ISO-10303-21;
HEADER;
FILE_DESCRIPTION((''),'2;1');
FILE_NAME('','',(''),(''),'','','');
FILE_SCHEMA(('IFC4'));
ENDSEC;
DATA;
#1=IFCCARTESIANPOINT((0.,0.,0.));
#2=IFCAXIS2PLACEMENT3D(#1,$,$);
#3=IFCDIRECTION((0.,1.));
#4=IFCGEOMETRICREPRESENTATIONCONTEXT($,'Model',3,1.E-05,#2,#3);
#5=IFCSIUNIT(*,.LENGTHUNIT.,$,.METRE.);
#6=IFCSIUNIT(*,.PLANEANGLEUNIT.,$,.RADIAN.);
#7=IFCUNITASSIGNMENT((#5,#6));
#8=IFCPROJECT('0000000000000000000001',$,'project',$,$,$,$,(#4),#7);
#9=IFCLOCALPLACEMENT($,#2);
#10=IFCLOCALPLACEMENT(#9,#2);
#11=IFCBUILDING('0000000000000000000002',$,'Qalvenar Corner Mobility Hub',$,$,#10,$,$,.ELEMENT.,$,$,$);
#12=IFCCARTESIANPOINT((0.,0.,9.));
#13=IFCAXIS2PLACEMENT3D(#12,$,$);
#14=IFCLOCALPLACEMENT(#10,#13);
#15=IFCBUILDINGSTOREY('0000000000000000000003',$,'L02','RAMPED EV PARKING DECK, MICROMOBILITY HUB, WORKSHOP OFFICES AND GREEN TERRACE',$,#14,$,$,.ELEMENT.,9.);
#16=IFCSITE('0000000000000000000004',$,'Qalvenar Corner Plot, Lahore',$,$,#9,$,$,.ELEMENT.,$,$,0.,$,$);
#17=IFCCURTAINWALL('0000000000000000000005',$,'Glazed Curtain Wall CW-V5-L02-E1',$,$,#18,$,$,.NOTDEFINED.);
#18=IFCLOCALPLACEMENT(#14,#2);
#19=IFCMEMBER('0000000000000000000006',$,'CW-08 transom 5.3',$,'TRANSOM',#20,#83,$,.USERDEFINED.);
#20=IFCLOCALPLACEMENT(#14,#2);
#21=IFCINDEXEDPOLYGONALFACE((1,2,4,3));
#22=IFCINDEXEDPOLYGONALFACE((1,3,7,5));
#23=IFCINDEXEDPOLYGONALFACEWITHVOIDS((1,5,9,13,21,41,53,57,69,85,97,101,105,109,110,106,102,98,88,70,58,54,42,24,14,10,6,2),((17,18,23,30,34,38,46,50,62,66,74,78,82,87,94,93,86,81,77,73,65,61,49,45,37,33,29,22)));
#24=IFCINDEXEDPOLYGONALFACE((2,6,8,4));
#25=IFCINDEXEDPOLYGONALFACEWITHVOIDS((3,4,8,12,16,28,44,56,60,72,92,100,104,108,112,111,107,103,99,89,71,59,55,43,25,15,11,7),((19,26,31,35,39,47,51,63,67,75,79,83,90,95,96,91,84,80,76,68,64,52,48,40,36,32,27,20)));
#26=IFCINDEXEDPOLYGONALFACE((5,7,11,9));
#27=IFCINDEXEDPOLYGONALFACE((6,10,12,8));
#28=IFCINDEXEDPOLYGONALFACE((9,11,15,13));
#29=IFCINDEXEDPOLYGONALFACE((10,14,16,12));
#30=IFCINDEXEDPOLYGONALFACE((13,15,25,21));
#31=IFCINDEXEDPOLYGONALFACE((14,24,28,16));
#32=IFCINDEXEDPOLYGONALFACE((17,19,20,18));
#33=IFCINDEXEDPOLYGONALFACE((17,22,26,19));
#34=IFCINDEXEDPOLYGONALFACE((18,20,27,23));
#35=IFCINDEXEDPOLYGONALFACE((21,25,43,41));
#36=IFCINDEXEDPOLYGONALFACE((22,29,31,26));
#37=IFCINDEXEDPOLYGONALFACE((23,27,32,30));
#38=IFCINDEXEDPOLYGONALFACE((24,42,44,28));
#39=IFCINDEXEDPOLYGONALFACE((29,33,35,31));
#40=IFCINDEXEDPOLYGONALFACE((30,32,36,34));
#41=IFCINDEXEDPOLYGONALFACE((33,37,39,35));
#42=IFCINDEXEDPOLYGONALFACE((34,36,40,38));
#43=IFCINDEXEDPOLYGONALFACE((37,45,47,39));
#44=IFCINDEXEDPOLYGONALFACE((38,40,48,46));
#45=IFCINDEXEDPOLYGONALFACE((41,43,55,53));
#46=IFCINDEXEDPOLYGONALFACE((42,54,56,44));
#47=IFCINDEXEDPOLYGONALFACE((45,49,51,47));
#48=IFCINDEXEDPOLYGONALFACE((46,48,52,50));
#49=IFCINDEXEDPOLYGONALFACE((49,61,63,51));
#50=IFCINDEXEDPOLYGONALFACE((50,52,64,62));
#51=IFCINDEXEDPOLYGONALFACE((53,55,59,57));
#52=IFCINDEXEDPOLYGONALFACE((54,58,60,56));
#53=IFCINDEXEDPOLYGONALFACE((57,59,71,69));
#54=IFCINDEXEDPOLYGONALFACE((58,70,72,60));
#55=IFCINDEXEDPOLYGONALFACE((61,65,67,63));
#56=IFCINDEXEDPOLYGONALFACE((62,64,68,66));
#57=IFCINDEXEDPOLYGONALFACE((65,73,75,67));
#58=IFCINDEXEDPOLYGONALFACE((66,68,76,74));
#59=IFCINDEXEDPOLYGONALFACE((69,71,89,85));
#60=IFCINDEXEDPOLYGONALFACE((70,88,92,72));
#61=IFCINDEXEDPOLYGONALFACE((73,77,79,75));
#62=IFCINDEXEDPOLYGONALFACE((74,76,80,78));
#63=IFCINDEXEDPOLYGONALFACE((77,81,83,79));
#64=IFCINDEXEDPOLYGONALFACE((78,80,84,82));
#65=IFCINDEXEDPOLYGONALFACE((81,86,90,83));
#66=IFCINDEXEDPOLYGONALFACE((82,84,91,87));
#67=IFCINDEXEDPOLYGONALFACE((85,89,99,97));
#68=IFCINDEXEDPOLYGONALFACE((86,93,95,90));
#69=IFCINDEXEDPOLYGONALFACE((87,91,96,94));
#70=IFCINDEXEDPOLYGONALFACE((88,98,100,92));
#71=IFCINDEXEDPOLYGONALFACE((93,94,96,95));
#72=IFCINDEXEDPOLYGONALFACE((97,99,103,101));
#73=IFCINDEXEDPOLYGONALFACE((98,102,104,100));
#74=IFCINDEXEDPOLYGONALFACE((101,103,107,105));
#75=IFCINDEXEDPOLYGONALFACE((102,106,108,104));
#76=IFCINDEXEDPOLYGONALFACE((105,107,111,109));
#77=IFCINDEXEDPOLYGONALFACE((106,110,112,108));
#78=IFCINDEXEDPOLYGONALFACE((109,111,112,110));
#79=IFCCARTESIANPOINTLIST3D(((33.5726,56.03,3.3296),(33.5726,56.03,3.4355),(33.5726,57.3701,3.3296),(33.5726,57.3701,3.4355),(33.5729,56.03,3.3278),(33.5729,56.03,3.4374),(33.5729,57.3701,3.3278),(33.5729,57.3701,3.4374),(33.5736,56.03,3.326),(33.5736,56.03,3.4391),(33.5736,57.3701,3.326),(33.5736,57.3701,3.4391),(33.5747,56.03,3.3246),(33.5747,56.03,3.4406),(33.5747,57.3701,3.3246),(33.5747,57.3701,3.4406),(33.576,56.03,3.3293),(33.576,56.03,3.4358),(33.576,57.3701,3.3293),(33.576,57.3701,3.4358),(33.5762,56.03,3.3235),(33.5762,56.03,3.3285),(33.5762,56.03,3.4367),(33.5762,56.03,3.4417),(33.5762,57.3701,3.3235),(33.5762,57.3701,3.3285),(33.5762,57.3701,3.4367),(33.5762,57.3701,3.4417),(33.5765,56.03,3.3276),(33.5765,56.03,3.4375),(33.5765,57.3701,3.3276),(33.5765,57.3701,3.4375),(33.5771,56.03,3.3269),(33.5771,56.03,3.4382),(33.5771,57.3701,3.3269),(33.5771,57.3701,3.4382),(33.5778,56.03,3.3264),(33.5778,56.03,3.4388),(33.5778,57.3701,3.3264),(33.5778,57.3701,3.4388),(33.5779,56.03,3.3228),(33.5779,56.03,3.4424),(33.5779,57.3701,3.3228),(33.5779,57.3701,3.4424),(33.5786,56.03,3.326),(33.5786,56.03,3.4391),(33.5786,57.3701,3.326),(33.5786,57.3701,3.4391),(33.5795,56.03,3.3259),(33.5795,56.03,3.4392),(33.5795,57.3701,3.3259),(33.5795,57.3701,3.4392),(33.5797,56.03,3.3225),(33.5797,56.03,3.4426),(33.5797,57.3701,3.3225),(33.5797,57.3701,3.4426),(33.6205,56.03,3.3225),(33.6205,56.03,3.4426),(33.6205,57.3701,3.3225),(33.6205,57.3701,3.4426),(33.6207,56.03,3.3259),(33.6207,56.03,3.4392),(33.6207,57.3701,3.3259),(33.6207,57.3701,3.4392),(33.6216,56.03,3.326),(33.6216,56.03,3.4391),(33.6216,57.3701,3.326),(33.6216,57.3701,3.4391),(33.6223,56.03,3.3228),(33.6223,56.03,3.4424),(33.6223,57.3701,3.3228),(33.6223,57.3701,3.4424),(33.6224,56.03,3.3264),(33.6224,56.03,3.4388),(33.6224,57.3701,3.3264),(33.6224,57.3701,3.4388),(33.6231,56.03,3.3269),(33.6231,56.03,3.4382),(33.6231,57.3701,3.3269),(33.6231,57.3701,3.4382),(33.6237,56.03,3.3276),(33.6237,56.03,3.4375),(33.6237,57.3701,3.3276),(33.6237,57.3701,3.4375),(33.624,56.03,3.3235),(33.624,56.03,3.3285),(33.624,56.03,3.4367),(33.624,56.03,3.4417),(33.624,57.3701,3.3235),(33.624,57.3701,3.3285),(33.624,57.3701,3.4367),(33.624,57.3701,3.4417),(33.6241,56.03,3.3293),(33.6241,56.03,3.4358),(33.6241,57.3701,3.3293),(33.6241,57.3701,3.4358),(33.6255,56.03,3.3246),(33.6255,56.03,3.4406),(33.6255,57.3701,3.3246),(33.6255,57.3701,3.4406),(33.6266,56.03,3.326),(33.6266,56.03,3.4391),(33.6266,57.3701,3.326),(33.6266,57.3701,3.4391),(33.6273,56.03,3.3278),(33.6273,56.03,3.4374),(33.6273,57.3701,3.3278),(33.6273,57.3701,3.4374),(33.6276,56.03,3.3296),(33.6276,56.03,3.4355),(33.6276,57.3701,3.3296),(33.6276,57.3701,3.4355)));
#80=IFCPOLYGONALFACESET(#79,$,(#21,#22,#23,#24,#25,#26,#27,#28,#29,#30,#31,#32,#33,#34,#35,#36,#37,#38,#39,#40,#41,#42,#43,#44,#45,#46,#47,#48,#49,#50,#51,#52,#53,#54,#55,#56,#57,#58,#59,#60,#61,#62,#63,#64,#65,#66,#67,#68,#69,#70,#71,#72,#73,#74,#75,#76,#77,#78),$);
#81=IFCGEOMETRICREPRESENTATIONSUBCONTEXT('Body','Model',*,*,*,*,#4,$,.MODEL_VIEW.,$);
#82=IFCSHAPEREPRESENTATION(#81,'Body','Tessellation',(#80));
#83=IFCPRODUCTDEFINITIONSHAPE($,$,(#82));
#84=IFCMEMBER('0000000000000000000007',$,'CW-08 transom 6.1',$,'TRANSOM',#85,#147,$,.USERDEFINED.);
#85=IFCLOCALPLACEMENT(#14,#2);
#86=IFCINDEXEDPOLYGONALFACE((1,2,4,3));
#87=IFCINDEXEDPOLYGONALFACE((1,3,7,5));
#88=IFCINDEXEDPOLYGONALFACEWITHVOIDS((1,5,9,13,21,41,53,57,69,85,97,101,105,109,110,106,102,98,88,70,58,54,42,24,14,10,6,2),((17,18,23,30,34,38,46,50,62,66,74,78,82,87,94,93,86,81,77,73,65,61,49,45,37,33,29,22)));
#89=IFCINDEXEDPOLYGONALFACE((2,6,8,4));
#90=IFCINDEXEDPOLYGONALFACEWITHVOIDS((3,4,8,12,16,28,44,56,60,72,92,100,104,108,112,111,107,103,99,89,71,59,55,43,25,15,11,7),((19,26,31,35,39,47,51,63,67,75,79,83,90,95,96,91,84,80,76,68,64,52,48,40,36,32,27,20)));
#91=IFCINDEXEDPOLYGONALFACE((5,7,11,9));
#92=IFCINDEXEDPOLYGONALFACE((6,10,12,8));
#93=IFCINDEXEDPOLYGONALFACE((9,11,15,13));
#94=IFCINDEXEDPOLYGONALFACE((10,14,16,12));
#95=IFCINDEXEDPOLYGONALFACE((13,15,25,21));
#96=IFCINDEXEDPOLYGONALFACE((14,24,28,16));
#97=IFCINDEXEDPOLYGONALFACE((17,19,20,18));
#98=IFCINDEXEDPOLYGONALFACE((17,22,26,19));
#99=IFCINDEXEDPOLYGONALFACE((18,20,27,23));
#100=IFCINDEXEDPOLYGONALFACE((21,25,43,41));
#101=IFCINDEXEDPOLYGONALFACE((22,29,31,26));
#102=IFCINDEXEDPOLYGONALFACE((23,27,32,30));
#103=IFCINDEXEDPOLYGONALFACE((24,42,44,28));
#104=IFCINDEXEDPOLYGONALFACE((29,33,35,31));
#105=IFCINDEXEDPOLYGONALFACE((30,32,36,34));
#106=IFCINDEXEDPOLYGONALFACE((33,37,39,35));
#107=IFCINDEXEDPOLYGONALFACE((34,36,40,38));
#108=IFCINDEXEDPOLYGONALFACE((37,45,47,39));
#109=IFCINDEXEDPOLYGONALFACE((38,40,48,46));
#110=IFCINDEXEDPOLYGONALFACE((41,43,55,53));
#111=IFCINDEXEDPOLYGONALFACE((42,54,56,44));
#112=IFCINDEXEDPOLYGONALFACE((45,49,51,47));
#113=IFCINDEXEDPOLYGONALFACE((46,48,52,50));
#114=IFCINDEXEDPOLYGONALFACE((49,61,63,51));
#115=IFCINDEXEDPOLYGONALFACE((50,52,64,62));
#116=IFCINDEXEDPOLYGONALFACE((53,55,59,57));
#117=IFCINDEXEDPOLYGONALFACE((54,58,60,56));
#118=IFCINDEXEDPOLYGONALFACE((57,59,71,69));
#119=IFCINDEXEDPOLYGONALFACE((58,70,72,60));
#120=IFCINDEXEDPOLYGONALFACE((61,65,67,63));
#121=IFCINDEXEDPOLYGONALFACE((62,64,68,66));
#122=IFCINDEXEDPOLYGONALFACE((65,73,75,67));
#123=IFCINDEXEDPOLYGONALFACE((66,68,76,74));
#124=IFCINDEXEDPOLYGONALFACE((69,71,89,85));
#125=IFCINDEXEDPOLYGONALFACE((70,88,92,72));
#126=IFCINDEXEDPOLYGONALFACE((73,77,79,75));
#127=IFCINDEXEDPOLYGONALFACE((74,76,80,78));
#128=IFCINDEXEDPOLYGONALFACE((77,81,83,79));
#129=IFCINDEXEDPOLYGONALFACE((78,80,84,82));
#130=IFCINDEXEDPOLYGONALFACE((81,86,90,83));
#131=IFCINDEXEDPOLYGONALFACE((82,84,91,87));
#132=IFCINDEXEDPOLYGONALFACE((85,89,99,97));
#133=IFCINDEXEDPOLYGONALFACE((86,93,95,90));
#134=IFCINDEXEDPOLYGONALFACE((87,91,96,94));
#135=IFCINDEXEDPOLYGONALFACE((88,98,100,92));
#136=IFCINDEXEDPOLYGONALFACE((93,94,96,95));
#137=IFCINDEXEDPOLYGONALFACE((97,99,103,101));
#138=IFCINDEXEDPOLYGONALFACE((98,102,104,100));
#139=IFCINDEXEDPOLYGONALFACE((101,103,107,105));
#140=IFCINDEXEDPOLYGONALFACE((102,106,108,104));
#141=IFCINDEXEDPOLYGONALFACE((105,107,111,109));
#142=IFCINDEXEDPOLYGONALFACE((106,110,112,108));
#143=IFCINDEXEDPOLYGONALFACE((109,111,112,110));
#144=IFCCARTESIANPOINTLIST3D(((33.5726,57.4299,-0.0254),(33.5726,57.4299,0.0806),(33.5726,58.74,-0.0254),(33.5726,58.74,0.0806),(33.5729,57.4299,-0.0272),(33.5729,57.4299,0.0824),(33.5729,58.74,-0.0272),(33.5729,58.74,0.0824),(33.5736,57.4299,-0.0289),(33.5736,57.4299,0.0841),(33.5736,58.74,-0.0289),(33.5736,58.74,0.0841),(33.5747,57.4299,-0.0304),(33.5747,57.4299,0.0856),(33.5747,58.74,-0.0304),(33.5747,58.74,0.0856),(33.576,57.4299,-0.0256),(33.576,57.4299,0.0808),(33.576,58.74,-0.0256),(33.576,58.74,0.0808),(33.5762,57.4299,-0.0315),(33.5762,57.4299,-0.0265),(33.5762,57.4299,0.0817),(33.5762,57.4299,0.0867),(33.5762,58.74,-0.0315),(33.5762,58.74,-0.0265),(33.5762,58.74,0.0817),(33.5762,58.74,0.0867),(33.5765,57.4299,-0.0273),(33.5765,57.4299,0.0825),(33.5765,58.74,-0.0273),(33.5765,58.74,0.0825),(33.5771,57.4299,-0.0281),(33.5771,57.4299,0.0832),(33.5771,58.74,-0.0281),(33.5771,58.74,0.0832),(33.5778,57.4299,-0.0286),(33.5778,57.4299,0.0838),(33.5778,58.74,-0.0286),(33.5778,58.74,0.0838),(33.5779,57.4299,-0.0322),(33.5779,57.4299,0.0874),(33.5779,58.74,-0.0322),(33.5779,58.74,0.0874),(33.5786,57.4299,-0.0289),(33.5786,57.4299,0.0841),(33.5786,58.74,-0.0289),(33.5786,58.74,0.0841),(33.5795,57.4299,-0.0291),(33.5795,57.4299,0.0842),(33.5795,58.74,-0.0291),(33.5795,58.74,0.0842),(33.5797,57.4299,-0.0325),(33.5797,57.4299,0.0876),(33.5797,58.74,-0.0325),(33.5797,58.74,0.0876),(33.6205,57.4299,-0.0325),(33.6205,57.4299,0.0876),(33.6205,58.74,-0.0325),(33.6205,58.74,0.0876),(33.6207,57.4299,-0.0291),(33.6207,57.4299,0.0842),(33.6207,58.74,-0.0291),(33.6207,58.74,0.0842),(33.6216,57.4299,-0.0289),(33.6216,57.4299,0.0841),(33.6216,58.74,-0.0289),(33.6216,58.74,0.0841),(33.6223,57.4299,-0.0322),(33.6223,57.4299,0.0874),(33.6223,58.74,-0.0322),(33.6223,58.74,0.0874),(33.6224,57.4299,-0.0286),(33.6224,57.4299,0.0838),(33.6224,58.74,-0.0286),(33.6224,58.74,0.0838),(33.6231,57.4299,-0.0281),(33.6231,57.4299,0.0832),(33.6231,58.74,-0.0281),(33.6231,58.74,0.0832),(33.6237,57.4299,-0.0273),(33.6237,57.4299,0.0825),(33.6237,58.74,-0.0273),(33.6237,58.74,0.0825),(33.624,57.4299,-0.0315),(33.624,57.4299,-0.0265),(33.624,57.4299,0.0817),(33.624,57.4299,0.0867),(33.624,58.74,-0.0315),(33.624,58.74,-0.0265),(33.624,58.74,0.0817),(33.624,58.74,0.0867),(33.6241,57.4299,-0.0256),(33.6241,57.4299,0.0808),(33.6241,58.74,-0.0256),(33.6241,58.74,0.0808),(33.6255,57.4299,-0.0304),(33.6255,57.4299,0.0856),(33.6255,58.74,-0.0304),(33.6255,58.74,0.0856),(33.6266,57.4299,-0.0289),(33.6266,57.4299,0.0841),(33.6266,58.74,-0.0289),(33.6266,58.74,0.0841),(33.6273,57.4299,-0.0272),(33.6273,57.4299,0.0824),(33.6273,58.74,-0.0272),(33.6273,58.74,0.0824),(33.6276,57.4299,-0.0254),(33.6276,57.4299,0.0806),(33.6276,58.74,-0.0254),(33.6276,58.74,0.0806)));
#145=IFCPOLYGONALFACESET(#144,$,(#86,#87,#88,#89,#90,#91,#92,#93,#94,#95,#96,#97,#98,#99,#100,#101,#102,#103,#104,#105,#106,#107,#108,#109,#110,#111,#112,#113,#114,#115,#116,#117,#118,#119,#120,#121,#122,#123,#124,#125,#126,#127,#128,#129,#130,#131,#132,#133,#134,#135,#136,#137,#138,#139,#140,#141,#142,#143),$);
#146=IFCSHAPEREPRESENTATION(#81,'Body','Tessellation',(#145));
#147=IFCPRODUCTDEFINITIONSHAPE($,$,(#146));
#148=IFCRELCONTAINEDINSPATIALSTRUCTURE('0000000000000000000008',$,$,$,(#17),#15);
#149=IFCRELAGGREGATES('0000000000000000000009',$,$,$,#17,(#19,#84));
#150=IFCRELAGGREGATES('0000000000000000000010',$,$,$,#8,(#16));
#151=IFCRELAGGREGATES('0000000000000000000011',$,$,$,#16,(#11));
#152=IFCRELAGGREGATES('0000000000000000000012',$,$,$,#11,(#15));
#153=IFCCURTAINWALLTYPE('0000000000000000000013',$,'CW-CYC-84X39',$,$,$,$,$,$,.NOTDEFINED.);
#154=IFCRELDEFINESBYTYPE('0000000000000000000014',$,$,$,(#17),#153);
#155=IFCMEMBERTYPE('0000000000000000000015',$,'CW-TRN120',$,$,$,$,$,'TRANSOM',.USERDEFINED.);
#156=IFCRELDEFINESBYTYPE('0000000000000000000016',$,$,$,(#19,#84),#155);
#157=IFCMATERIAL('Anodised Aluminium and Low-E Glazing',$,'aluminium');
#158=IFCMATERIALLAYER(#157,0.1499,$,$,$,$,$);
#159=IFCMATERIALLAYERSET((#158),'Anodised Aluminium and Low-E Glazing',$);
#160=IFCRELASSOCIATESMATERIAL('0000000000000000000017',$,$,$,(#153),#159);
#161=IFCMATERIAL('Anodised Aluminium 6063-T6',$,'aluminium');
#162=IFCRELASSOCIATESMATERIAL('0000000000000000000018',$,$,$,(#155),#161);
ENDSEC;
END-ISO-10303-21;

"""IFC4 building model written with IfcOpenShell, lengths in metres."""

from ifc_helpers import new_model, si_unit, direction, frame, origin, origin_2d, place, context, subcontext, project, spatial, hollow_rectangle, extrude, material, layer, layer_set, material_profile, profile_set, type_object, element, aggregate, save


model = new_model("IFC4")

# Units and contexts
model_context = context("Model", 3, precision=1e-05, world=origin(), true_north=direction((0.0, 1.0)))
body_context = subcontext(model_context, "Body", "Model", "MODEL_VIEW")
ifc_project = project(units=[si_unit("LENGTHUNIT", "METRE"), si_unit("PLANEANGLEUNIT", "RADIAN")], contexts=[model_context])

# Site, building, storey
site_placement = place(None, origin())
site = spatial("IfcSite", under=ifc_project, at=site_placement, Name="Qalvenar Corner Plot, Lahore", CompositionType="ELEMENT", RefElevation=0.0)
building_placement = place(site_placement, origin())
building = spatial("IfcBuilding", under=site, at=building_placement, Name="Qalvenar Corner Mobility Hub", CompositionType="ELEMENT")
storey_placement = place(building_placement, frame((0.0, 0.0, 9.0)))
storey = spatial("IfcBuildingStorey", under=building, at=storey_placement, Name="L02", Description="RAMPED EV PARKING DECK, MICROMOBILITY HUB, WORKSHOP OFFICES AND GREEN TERRACE", CompositionType="ELEMENT", Elevation=9.0)

# Curtain wall
ifc_material_1 = material(Name="Anodised Aluminium and Low-E Glazing", Category="aluminium")
ifc_layer_1 = layer(ifc_material_1, 0.1499)
ifc_layer_set_1 = layer_set([ifc_layer_1], Name="Anodised Aluminium and Low-E Glazing")
curtain_wall_type_1 = type_object("IfcCurtainWallType", Name="CW-CYC-84X39", PredefinedType="NOTDEFINED", material=ifc_layer_set_1)
curtain_wall_1_placement = place(storey_placement, origin())
curtain_wall_1 = element("IfcCurtainWall", 1, at=curtain_wall_1_placement, inside=storey, type_object=curtain_wall_type_1, Name="Glazed Curtain Wall CW-V5-L02-E1", PredefinedType="NOTDEFINED")
ifc_material_2 = material(Name="Anodised Aluminium 6063-T6", Category="aluminium")

# Members
ifc_material_profile_1 = material_profile(ifc_material_2, hollow_rectangle(XDim=0.0549, YDim=0.1201, WallThickness=0.0034, InnerFilletRadius=0.0034, OuterFilletRadius=0.0071, at=origin_2d()), Name="RHS120x55x3.5")
ifc_profile_set_1 = profile_set([ifc_material_profile_1], Name="Anodised Aluminium 6063-T6")
member_type_1 = type_object("IfcMemberType", Name="CW-TRN120", ElementType="TRANSOM", PredefinedType="USERDEFINED", material=ifc_profile_set_1)
member_1_placement = place(storey_placement, frame((33.6001, 56.03, 3.3826), z_axis=(0.0, 1.0, 0.0), x_axis=(-1.0, 0.0, 0.0)))
member_1 = element("IfcMember", 2, at=member_1_placement, type_object=member_type_1, Name="CW-08 transom 5.3", ObjectType="TRANSOM", PredefinedType="USERDEFINED", context=body_context, shape_type="SweptSolid", body=[
    extrude(hollow_rectangle(XDim=0.0549, YDim=0.1201, WallThickness=0.0034, InnerFilletRadius=0.0034, OuterFilletRadius=0.0071, at=origin_2d()), origin(), (0.0, 0.0, 1.0), 1.3401),
])
member_2_placement = place(storey_placement, frame((33.6001, 57.4299, 0.0276), z_axis=(0.0, 1.0, 0.0), x_axis=(-1.0, 0.0, 0.0)))
member_2 = element("IfcMember", 3, at=member_2_placement, type_object=member_type_1, Name="CW-08 transom 6.1", ObjectType="TRANSOM", PredefinedType="USERDEFINED", context=body_context, shape_type="SweptSolid", body=[
    extrude(hollow_rectangle(XDim=0.0549, YDim=0.1201, WallThickness=0.0034, InnerFilletRadius=0.0034, OuterFilletRadius=0.0071, at=origin_2d()), origin(), (0.0, 0.0, 1.0), 1.3101),
])

aggregate(curtain_wall_1, [member_1, member_2])

save(model, "model.ifc")
